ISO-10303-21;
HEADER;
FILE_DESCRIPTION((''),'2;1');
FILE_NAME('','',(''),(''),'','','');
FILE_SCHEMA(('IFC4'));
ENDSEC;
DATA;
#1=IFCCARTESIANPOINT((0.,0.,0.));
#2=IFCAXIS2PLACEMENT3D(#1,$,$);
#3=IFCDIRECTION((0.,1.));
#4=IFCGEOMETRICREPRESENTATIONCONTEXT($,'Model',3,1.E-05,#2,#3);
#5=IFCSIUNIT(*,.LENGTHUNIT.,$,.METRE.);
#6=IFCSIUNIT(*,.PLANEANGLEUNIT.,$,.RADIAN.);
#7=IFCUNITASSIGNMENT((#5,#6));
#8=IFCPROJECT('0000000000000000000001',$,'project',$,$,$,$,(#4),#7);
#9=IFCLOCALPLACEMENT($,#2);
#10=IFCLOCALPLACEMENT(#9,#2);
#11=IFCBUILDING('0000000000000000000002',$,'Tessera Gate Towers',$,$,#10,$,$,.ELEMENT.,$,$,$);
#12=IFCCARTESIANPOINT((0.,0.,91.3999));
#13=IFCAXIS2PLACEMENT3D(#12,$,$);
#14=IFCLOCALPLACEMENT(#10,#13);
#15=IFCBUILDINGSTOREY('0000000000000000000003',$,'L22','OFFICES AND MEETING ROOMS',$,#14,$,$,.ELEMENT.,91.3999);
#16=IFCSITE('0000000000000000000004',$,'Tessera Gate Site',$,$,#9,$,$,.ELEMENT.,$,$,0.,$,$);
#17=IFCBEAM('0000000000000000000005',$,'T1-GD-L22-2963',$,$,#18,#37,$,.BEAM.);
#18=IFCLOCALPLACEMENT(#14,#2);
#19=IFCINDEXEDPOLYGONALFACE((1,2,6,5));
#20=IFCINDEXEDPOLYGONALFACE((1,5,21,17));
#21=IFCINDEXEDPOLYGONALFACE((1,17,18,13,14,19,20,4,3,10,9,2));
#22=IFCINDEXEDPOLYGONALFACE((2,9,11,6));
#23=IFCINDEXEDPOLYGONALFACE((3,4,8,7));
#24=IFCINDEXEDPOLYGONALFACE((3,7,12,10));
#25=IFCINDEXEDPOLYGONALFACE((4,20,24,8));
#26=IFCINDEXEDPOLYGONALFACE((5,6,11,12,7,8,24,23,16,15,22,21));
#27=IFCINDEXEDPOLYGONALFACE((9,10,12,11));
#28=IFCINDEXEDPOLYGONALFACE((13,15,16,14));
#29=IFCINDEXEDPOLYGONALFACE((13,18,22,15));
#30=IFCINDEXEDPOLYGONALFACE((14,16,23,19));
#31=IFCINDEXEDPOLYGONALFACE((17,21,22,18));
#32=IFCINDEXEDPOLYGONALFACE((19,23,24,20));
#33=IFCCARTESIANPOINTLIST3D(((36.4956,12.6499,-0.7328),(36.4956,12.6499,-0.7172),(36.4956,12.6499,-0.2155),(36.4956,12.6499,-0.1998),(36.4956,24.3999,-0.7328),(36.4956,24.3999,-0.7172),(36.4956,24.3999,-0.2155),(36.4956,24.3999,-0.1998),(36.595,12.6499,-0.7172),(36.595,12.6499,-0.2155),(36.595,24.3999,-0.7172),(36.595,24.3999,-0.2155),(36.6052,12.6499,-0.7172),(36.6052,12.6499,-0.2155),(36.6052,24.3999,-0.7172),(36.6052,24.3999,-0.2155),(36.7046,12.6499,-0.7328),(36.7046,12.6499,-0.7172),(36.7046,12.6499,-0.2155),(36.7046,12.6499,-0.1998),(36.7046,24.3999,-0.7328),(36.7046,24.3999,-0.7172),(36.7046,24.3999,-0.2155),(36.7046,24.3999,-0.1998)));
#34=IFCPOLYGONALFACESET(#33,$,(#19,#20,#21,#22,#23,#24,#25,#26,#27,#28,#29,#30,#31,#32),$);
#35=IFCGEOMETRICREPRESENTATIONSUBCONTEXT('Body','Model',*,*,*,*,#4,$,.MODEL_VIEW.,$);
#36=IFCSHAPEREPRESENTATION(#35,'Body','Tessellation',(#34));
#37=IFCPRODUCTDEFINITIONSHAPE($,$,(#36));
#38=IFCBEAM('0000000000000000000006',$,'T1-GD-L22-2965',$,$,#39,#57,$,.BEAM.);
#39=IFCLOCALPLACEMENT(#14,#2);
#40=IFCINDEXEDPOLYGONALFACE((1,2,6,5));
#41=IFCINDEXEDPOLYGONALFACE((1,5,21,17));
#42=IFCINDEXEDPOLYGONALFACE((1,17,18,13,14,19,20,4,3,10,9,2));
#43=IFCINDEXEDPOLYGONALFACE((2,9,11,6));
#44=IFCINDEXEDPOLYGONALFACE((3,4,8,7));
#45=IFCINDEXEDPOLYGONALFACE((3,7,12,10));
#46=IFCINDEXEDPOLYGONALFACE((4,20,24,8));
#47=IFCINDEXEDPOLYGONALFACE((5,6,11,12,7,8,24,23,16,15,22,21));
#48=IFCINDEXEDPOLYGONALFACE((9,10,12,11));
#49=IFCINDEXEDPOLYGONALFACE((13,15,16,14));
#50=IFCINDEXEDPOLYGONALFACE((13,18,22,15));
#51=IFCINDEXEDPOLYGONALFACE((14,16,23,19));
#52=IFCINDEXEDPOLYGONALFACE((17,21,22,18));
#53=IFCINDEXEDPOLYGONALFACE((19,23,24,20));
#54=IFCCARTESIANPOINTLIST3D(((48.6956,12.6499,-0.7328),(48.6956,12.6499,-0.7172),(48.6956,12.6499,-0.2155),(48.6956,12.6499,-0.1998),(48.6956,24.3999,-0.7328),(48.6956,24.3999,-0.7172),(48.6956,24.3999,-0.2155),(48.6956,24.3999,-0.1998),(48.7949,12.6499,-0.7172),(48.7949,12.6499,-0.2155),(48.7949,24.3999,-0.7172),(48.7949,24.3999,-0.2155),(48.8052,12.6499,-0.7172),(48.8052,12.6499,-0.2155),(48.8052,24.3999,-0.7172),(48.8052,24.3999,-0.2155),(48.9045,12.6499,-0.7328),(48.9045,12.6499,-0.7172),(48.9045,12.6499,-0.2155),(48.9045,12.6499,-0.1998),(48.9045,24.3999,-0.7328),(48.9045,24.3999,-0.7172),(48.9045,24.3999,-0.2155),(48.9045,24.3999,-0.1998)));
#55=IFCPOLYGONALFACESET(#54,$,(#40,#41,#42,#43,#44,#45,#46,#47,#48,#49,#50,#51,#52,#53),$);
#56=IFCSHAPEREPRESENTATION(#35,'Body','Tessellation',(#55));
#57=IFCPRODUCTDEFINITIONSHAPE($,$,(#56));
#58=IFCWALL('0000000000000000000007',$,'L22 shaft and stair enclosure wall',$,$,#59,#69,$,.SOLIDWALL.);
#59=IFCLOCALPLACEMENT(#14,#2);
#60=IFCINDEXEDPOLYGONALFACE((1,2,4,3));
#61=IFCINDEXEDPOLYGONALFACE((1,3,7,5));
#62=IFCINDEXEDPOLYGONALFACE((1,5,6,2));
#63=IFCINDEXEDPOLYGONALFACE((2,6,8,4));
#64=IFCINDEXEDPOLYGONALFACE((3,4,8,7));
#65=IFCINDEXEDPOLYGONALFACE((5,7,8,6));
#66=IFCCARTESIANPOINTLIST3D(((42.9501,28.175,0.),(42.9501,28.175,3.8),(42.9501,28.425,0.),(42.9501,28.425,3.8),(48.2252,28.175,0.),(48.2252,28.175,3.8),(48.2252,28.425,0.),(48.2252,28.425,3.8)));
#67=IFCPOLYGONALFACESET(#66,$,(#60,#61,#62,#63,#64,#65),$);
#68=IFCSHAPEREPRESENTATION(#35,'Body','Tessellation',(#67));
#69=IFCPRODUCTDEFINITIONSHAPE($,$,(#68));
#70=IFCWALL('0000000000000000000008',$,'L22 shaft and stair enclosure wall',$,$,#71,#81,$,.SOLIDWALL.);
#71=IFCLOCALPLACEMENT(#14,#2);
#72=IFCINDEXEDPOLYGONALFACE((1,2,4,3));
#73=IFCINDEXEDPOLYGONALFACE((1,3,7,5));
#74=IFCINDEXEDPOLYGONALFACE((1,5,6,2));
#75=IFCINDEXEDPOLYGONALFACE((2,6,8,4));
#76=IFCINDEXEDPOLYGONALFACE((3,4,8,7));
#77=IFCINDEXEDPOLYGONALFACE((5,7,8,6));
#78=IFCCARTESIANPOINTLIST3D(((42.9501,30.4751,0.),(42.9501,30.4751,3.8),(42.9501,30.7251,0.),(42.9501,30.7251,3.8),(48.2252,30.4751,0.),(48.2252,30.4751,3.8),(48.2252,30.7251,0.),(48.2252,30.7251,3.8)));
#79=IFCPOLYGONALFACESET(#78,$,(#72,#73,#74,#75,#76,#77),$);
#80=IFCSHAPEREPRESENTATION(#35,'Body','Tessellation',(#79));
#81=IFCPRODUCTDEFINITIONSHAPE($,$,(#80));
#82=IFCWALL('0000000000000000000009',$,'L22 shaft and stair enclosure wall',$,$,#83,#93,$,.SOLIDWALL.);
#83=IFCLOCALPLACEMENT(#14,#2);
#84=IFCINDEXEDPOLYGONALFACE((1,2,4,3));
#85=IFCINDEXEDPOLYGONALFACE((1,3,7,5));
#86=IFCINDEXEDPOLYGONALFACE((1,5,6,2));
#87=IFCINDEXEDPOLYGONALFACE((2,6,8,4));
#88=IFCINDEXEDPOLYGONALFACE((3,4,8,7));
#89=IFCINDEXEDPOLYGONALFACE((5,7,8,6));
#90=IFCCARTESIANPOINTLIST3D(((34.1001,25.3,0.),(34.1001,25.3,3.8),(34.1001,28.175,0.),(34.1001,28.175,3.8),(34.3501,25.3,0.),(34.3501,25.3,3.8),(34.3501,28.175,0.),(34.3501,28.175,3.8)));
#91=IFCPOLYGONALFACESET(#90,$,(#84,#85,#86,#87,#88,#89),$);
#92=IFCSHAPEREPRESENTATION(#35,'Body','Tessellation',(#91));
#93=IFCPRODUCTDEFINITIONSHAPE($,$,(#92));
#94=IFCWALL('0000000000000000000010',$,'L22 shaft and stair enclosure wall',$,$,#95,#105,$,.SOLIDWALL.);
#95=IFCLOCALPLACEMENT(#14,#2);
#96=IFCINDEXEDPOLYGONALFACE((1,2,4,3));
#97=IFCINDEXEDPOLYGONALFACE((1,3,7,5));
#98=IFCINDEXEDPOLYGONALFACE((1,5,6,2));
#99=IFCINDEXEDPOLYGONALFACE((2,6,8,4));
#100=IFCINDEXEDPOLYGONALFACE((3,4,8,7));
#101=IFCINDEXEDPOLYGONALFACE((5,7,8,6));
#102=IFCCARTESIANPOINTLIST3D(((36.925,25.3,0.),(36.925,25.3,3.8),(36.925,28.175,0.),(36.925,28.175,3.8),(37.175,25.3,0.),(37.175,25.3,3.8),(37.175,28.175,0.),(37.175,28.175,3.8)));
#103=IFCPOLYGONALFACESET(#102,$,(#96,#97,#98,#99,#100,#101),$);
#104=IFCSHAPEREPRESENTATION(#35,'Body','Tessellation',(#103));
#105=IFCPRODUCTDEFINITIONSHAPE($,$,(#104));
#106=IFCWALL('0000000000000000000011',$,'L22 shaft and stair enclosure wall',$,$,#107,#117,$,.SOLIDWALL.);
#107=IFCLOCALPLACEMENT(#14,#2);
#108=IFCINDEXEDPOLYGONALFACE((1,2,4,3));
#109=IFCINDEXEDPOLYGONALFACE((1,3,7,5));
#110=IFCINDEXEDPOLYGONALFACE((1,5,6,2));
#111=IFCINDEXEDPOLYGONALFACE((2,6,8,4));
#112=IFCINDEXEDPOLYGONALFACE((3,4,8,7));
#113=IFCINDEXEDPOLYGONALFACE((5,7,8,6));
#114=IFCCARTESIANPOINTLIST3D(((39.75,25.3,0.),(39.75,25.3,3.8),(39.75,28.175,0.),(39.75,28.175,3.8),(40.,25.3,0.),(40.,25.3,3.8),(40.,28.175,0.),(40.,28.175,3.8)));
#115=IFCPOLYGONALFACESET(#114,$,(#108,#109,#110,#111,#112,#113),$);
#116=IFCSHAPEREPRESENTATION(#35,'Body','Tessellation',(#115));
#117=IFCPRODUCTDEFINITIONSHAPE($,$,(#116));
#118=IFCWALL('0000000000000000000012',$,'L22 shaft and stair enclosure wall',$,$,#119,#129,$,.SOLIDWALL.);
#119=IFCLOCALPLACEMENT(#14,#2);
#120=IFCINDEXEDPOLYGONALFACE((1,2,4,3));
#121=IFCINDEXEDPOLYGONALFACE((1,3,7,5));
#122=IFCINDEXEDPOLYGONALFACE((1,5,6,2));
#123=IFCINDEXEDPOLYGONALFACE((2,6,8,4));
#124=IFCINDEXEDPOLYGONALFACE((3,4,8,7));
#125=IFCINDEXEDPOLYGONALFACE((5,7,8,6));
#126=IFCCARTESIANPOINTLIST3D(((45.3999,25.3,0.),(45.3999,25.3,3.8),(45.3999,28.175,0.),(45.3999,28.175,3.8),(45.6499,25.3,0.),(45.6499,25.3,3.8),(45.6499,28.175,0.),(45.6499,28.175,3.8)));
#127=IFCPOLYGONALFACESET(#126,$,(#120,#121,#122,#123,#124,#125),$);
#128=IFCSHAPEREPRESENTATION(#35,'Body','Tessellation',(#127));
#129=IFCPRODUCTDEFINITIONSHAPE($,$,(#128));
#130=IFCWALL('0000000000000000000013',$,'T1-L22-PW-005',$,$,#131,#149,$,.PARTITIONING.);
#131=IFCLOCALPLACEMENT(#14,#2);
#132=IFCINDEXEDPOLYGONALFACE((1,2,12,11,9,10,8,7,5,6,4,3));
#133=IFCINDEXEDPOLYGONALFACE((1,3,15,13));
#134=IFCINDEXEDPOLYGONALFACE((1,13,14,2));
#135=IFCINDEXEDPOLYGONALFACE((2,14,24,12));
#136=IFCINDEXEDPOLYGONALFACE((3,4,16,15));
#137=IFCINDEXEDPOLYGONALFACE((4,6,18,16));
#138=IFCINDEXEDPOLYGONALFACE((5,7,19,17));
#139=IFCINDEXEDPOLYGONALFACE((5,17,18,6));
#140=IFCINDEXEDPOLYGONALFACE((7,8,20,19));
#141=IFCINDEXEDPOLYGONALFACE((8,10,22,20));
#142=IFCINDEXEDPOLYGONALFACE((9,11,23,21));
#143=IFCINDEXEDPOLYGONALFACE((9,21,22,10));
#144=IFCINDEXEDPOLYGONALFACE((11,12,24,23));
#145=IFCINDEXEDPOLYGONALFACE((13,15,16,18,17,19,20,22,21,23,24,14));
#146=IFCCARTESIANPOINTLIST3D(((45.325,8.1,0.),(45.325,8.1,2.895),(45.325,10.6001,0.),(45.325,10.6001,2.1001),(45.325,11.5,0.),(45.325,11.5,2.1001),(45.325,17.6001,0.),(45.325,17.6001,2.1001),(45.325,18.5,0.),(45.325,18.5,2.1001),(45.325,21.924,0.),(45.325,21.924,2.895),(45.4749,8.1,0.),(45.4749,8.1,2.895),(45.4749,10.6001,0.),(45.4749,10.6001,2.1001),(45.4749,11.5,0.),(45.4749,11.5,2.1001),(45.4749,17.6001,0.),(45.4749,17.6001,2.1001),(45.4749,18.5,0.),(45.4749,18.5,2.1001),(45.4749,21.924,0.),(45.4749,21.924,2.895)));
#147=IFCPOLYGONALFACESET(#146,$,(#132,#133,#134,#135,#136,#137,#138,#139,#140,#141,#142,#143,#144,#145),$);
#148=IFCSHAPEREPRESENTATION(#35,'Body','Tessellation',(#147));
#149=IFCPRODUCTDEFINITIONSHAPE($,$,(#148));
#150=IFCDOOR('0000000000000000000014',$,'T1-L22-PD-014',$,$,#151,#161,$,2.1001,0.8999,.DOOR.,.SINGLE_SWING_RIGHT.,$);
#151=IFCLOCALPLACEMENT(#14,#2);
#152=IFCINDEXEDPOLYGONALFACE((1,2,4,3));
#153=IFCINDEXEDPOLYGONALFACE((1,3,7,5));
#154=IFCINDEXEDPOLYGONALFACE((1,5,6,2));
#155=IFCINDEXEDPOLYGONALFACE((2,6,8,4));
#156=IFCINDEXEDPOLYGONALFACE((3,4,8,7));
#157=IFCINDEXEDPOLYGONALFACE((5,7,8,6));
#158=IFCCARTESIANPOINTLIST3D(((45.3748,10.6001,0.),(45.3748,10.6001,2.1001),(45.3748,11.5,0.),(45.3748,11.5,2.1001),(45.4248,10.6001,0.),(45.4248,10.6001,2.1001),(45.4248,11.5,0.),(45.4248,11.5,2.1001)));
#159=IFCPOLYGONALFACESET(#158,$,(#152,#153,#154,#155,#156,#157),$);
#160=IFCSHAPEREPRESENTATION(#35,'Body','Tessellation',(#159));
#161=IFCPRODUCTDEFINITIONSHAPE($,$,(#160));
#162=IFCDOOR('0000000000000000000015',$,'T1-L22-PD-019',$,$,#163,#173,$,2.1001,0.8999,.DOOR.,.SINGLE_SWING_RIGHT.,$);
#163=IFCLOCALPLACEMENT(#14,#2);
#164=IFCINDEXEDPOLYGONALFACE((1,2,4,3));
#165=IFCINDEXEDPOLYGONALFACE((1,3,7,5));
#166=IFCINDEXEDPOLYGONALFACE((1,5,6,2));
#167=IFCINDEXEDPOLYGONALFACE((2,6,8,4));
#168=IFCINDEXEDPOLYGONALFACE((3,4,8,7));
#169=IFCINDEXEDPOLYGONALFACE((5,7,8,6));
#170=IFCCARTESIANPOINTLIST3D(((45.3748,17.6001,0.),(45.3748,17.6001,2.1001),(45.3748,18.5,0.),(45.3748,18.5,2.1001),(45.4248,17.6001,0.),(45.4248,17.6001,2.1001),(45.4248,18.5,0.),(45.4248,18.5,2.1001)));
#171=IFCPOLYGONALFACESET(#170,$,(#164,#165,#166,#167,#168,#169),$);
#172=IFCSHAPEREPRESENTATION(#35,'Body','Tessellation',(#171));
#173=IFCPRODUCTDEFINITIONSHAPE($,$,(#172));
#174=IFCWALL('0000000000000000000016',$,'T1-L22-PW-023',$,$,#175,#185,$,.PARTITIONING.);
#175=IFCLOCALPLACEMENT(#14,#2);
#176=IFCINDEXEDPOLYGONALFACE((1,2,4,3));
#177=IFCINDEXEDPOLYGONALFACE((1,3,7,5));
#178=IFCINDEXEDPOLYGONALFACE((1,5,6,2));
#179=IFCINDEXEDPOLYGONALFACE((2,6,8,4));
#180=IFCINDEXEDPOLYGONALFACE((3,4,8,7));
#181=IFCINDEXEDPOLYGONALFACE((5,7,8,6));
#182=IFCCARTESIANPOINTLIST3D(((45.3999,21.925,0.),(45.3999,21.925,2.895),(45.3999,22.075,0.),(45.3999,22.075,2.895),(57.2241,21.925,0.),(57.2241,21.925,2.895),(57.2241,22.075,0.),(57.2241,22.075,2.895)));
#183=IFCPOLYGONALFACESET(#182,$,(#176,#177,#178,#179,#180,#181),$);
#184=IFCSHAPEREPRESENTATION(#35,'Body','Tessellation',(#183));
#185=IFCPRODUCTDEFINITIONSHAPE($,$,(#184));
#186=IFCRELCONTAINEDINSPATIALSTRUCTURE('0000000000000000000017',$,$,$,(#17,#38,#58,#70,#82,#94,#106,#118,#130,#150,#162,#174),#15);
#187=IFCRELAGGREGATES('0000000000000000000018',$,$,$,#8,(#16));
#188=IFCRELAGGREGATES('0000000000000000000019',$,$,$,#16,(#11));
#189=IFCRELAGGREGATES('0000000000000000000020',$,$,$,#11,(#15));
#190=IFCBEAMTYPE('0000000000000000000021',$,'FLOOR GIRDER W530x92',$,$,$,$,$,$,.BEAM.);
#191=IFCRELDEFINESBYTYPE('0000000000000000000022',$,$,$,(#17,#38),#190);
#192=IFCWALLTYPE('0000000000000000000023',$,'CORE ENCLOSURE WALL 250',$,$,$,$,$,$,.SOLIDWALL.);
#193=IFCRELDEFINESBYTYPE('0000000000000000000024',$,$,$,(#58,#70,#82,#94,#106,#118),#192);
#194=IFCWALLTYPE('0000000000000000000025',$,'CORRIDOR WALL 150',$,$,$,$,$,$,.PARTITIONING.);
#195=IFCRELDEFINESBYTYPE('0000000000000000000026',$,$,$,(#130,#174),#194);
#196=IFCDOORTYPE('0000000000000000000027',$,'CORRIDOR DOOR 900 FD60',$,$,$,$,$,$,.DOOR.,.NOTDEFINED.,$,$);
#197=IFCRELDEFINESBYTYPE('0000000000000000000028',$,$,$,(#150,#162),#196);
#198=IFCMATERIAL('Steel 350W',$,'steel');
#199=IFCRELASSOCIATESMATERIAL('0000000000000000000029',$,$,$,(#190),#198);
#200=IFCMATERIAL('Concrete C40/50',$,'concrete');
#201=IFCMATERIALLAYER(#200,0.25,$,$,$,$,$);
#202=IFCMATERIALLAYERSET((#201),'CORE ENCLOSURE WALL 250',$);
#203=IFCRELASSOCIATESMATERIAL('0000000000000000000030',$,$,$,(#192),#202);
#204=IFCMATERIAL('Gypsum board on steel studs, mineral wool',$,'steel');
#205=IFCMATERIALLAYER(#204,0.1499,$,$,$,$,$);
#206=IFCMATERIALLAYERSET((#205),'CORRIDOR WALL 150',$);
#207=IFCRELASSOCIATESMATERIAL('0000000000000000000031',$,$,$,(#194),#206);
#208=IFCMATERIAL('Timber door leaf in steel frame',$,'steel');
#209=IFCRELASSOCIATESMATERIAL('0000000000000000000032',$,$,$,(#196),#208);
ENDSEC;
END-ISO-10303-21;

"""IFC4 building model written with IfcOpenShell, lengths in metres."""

from ifc_helpers import new_model, si_unit, direction, frame, frame_2d, origin, origin_2d, place, context, subcontext, project, spatial, rectangle, i_section, extrude, source, transform, mapped, material, layer, layer_set, material_profile, profile_set, type_object, element, fill, save


model = new_model("IFC4")

# Units and contexts
model_context = context("Model", 3, precision=1e-05, world=origin(), true_north=direction((0.0, 1.0)))
body_context = subcontext(model_context, "Body", "Model", "MODEL_VIEW")
ifc_project = project(units=[si_unit("LENGTHUNIT", "METRE"), si_unit("PLANEANGLEUNIT", "RADIAN")], contexts=[model_context])

# Site, building, storey
site_placement = place(None, origin())
site = spatial("IfcSite", under=ifc_project, at=site_placement, Name="Tessera Gate Site", CompositionType="ELEMENT", RefElevation=0.0)
building_placement = place(site_placement, origin())
building = spatial("IfcBuilding", under=site, at=building_placement, Name="Tessera Gate Towers", CompositionType="ELEMENT")
storey_placement = place(building_placement, frame((0.0, 0.0, 91.3999)))
storey = spatial("IfcBuildingStorey", under=building, at=storey_placement, Name="L22", Description="OFFICES AND MEETING ROOMS", CompositionType="ELEMENT", Elevation=91.3999)

# Beams
ifc_material_1 = material(Name="Steel 350W", Category="steel")
ifc_material_profile = material_profile(ifc_material_1, i_section(OverallWidth=0.209, OverallDepth=0.533, WebThickness=0.0103, FlangeThickness=0.0156, at=origin_2d()), Name="W530x92")
ifc_profile_set = profile_set([ifc_material_profile], Name="Steel 350W")
beam_type = type_object("IfcBeamType", Name="FLOOR GIRDER W530x92", PredefinedType="BEAM", material=ifc_profile_set)
for number, where, z_axis, x_axis, name in (
    (1, (36.6001, 12.6499, -0.4663), (0.0, 1.0, 0.0), (-1.0, 0.0, 0.0), "T1-GD-L22-2963"),
    (2, (48.8, 12.6499, -0.4663), (0.0, 1.0, 0.0), (-1.0, 0.0, 0.0), "T1-GD-L22-2965"),
):
    element("IfcBeam", number, at=place(storey_placement, frame(where, z_axis=z_axis, x_axis=x_axis)), inside=storey, type_object=beam_type, Name=name, PredefinedType="BEAM", context=body_context, shape_type="SweptSolid", body=[
        extrude(i_section(OverallWidth=0.209, OverallDepth=0.533, WebThickness=0.0103, FlangeThickness=0.0156, at=origin_2d()), origin(), (0.0, 0.0, 1.0), 11.75),
    ])

# Walls
ifc_material_2 = material(Name="Concrete C40/50", Category="concrete")
ifc_layer_1 = layer(ifc_material_2, 0.25)
ifc_layer_set_1 = layer_set([ifc_layer_1], Name="CORE ENCLOSURE WALL 250")
wall_type_1 = type_object("IfcWallType", Name="CORE ENCLOSURE WALL 250", PredefinedType="SOLIDWALL", material=ifc_layer_set_1)
for number, where, z_axis, x_axis, name in (
    (3, (42.95, 28.3, 0.0), (0.0, 0.0, 1.0), (1.0, 0.0, 0.0), "L22 shaft and stair enclosure wall"),
    (4, (42.95, 30.6001, 0.0), (0.0, 0.0, 1.0), (1.0, 0.0, 0.0), "L22 shaft and stair enclosure wall"),
):
    element("IfcWall", number, at=place(storey_placement, frame(where, z_axis=z_axis, x_axis=x_axis)), inside=storey, type_object=wall_type_1, Name=name, PredefinedType="SOLIDWALL", context=body_context, shape_type="SweptSolid", body=[
        extrude(rectangle(XDim=5.2751, YDim=0.25, at=frame_2d((2.6377, 0.0))), origin(), (0.0, 0.0, 1.0), 3.8),
    ])
for number, where, z_axis, x_axis, name in (
    (5, (34.2251, 25.3, 0.0), (0.0, 0.0, 1.0), (0.0, 1.0, 0.0), "L22 shaft and stair enclosure wall"),
    (6, (37.05, 25.3, 0.0), (0.0, 0.0, 1.0), (0.0, 1.0, 0.0), "L22 shaft and stair enclosure wall"),
    (7, (39.875, 25.3, 0.0), (0.0, 0.0, 1.0), (0.0, 1.0, 0.0), "L22 shaft and stair enclosure wall"),
    (8, (45.5249, 25.3, 0.0), (0.0, 0.0, 1.0), (0.0, 1.0, 0.0), "L22 shaft and stair enclosure wall"),
):
    element("IfcWall", number, at=place(storey_placement, frame(where, z_axis=z_axis, x_axis=x_axis)), inside=storey, type_object=wall_type_1, Name=name, PredefinedType="SOLIDWALL", context=body_context, shape_type="SweptSolid", body=[
        extrude(rectangle(XDim=2.875, YDim=0.25, at=frame_2d((1.4375, 0.0))), origin(), (0.0, 0.0, 1.0), 3.8),
    ])

# Wall, openings, doors
ifc_material_3 = material(Name="Gypsum board on steel studs, mineral wool", Category="steel")
ifc_layer_2 = layer(ifc_material_3, 0.1499)
ifc_layer_set_2 = layer_set([ifc_layer_2], Name="CORRIDOR WALL 150")
wall_type_2 = type_object("IfcWallType", Name="CORRIDOR WALL 150", PredefinedType="PARTITIONING", material=ifc_layer_set_2)
wall_1_placement = place(storey_placement, frame((45.3999, 21.9241, 0.0), z_axis=(0.0, 0.0, 1.0), x_axis=(0.0, -1.0, 0.0)))
wall_1 = element("IfcWall", 9, at=wall_1_placement, inside=storey, type_object=wall_type_2, Name="T1-L22-PW-005", PredefinedType="PARTITIONING", context=body_context, shape_type="SweptSolid", body=[
    extrude(rectangle(XDim=13.824, YDim=0.1499, at=frame_2d((6.9121, 0.0))), origin(), (0.0, 0.0, 1.0), 2.895),
])
shared_shape_1 = source(origin(), body_context, "Body", "SweptSolid", [
    extrude(rectangle(XDim=0.8999, YDim=2.1001, at=frame_2d((0.45, 1.05))), frame((0.0, 0.085, 0.0), z_axis=(0.0, -1.0, 0.0), x_axis=(1.0, 0.0, 0.0)), (0.0, 0.0, 1.0), 0.1699),
])
opening_1_placement = place(wall_1_placement, frame((10.4241, 0.0, 0.0)))
opening_1 = element("IfcOpeningElement", 10, at=opening_1_placement, cuts=wall_1, PredefinedType="OPENING", context=body_context, shape_type="MappedRepresentation", body=[
    mapped(shared_shape_1, transform((0.0, 0.0, 0.0), scale=1.0)),
])
opening_2_placement = place(wall_1_placement, frame((3.4241, 0.0, 0.0)))
opening_2 = element("IfcOpeningElement", 11, at=opening_2_placement, cuts=wall_1, PredefinedType="OPENING", context=body_context, shape_type="MappedRepresentation", body=[
    mapped(shared_shape_1, transform((0.0, 0.0, 0.0), scale=1.0)),
])
ifc_material_4 = material(Name="Timber door leaf in steel frame", Category="steel")
door_type = type_object("IfcDoorType", Name="CORRIDOR DOOR 900 FD60", OperationType="NOTDEFINED", PredefinedType="DOOR", material=ifc_material_4)
shared_shape_2 = source(origin(), body_context, "Body", "SweptSolid", [
    extrude(rectangle(XDim=0.8999, YDim=2.1001, at=frame_2d((0.45, 1.05))), frame((0.0, 0.0249, 0.0), z_axis=(0.0, -1.0, 0.0), x_axis=(1.0, 0.0, 0.0)), (0.0, 0.0, 1.0), 0.05),
])
door_1_placement = place(opening_1_placement, origin())
door_1 = element("IfcDoor", 12, at=door_1_placement, inside=storey, type_object=door_type, Name="T1-L22-PD-014", OperationType="SINGLE_SWING_RIGHT", OverallHeight=2.1001, OverallWidth=0.8999, PredefinedType="DOOR", context=body_context, shape_type="MappedRepresentation", body=[
    mapped(shared_shape_2, transform((0.0, 0.0, 0.0), scale=1.0)),
])
fill(opening_1, door_1)
door_2_placement = place(opening_2_placement, origin())
door_2 = element("IfcDoor", 13, at=door_2_placement, inside=storey, type_object=door_type, Name="T1-L22-PD-019", OperationType="SINGLE_SWING_RIGHT", OverallHeight=2.1001, OverallWidth=0.8999, PredefinedType="DOOR", context=body_context, shape_type="MappedRepresentation", body=[
    mapped(shared_shape_2, transform((0.0, 0.0, 0.0), scale=1.0)),
])
fill(opening_2, door_2)

# Wall
wall_2_placement = place(storey_placement, frame((45.3999, 22.0, 0.0), z_axis=(0.0, 0.0, 1.0), x_axis=(1.0, 0.0, 0.0)))
element("IfcWall", 14, at=wall_2_placement, inside=storey, type_object=wall_type_2, Name="T1-L22-PW-023", PredefinedType="PARTITIONING", context=body_context, shape_type="SweptSolid", body=[
    extrude(rectangle(XDim=11.8242, YDim=0.1499, at=frame_2d((5.9121, 0.0))), origin(), (0.0, 0.0, 1.0), 2.895),
])

save(model, "model.ifc")
